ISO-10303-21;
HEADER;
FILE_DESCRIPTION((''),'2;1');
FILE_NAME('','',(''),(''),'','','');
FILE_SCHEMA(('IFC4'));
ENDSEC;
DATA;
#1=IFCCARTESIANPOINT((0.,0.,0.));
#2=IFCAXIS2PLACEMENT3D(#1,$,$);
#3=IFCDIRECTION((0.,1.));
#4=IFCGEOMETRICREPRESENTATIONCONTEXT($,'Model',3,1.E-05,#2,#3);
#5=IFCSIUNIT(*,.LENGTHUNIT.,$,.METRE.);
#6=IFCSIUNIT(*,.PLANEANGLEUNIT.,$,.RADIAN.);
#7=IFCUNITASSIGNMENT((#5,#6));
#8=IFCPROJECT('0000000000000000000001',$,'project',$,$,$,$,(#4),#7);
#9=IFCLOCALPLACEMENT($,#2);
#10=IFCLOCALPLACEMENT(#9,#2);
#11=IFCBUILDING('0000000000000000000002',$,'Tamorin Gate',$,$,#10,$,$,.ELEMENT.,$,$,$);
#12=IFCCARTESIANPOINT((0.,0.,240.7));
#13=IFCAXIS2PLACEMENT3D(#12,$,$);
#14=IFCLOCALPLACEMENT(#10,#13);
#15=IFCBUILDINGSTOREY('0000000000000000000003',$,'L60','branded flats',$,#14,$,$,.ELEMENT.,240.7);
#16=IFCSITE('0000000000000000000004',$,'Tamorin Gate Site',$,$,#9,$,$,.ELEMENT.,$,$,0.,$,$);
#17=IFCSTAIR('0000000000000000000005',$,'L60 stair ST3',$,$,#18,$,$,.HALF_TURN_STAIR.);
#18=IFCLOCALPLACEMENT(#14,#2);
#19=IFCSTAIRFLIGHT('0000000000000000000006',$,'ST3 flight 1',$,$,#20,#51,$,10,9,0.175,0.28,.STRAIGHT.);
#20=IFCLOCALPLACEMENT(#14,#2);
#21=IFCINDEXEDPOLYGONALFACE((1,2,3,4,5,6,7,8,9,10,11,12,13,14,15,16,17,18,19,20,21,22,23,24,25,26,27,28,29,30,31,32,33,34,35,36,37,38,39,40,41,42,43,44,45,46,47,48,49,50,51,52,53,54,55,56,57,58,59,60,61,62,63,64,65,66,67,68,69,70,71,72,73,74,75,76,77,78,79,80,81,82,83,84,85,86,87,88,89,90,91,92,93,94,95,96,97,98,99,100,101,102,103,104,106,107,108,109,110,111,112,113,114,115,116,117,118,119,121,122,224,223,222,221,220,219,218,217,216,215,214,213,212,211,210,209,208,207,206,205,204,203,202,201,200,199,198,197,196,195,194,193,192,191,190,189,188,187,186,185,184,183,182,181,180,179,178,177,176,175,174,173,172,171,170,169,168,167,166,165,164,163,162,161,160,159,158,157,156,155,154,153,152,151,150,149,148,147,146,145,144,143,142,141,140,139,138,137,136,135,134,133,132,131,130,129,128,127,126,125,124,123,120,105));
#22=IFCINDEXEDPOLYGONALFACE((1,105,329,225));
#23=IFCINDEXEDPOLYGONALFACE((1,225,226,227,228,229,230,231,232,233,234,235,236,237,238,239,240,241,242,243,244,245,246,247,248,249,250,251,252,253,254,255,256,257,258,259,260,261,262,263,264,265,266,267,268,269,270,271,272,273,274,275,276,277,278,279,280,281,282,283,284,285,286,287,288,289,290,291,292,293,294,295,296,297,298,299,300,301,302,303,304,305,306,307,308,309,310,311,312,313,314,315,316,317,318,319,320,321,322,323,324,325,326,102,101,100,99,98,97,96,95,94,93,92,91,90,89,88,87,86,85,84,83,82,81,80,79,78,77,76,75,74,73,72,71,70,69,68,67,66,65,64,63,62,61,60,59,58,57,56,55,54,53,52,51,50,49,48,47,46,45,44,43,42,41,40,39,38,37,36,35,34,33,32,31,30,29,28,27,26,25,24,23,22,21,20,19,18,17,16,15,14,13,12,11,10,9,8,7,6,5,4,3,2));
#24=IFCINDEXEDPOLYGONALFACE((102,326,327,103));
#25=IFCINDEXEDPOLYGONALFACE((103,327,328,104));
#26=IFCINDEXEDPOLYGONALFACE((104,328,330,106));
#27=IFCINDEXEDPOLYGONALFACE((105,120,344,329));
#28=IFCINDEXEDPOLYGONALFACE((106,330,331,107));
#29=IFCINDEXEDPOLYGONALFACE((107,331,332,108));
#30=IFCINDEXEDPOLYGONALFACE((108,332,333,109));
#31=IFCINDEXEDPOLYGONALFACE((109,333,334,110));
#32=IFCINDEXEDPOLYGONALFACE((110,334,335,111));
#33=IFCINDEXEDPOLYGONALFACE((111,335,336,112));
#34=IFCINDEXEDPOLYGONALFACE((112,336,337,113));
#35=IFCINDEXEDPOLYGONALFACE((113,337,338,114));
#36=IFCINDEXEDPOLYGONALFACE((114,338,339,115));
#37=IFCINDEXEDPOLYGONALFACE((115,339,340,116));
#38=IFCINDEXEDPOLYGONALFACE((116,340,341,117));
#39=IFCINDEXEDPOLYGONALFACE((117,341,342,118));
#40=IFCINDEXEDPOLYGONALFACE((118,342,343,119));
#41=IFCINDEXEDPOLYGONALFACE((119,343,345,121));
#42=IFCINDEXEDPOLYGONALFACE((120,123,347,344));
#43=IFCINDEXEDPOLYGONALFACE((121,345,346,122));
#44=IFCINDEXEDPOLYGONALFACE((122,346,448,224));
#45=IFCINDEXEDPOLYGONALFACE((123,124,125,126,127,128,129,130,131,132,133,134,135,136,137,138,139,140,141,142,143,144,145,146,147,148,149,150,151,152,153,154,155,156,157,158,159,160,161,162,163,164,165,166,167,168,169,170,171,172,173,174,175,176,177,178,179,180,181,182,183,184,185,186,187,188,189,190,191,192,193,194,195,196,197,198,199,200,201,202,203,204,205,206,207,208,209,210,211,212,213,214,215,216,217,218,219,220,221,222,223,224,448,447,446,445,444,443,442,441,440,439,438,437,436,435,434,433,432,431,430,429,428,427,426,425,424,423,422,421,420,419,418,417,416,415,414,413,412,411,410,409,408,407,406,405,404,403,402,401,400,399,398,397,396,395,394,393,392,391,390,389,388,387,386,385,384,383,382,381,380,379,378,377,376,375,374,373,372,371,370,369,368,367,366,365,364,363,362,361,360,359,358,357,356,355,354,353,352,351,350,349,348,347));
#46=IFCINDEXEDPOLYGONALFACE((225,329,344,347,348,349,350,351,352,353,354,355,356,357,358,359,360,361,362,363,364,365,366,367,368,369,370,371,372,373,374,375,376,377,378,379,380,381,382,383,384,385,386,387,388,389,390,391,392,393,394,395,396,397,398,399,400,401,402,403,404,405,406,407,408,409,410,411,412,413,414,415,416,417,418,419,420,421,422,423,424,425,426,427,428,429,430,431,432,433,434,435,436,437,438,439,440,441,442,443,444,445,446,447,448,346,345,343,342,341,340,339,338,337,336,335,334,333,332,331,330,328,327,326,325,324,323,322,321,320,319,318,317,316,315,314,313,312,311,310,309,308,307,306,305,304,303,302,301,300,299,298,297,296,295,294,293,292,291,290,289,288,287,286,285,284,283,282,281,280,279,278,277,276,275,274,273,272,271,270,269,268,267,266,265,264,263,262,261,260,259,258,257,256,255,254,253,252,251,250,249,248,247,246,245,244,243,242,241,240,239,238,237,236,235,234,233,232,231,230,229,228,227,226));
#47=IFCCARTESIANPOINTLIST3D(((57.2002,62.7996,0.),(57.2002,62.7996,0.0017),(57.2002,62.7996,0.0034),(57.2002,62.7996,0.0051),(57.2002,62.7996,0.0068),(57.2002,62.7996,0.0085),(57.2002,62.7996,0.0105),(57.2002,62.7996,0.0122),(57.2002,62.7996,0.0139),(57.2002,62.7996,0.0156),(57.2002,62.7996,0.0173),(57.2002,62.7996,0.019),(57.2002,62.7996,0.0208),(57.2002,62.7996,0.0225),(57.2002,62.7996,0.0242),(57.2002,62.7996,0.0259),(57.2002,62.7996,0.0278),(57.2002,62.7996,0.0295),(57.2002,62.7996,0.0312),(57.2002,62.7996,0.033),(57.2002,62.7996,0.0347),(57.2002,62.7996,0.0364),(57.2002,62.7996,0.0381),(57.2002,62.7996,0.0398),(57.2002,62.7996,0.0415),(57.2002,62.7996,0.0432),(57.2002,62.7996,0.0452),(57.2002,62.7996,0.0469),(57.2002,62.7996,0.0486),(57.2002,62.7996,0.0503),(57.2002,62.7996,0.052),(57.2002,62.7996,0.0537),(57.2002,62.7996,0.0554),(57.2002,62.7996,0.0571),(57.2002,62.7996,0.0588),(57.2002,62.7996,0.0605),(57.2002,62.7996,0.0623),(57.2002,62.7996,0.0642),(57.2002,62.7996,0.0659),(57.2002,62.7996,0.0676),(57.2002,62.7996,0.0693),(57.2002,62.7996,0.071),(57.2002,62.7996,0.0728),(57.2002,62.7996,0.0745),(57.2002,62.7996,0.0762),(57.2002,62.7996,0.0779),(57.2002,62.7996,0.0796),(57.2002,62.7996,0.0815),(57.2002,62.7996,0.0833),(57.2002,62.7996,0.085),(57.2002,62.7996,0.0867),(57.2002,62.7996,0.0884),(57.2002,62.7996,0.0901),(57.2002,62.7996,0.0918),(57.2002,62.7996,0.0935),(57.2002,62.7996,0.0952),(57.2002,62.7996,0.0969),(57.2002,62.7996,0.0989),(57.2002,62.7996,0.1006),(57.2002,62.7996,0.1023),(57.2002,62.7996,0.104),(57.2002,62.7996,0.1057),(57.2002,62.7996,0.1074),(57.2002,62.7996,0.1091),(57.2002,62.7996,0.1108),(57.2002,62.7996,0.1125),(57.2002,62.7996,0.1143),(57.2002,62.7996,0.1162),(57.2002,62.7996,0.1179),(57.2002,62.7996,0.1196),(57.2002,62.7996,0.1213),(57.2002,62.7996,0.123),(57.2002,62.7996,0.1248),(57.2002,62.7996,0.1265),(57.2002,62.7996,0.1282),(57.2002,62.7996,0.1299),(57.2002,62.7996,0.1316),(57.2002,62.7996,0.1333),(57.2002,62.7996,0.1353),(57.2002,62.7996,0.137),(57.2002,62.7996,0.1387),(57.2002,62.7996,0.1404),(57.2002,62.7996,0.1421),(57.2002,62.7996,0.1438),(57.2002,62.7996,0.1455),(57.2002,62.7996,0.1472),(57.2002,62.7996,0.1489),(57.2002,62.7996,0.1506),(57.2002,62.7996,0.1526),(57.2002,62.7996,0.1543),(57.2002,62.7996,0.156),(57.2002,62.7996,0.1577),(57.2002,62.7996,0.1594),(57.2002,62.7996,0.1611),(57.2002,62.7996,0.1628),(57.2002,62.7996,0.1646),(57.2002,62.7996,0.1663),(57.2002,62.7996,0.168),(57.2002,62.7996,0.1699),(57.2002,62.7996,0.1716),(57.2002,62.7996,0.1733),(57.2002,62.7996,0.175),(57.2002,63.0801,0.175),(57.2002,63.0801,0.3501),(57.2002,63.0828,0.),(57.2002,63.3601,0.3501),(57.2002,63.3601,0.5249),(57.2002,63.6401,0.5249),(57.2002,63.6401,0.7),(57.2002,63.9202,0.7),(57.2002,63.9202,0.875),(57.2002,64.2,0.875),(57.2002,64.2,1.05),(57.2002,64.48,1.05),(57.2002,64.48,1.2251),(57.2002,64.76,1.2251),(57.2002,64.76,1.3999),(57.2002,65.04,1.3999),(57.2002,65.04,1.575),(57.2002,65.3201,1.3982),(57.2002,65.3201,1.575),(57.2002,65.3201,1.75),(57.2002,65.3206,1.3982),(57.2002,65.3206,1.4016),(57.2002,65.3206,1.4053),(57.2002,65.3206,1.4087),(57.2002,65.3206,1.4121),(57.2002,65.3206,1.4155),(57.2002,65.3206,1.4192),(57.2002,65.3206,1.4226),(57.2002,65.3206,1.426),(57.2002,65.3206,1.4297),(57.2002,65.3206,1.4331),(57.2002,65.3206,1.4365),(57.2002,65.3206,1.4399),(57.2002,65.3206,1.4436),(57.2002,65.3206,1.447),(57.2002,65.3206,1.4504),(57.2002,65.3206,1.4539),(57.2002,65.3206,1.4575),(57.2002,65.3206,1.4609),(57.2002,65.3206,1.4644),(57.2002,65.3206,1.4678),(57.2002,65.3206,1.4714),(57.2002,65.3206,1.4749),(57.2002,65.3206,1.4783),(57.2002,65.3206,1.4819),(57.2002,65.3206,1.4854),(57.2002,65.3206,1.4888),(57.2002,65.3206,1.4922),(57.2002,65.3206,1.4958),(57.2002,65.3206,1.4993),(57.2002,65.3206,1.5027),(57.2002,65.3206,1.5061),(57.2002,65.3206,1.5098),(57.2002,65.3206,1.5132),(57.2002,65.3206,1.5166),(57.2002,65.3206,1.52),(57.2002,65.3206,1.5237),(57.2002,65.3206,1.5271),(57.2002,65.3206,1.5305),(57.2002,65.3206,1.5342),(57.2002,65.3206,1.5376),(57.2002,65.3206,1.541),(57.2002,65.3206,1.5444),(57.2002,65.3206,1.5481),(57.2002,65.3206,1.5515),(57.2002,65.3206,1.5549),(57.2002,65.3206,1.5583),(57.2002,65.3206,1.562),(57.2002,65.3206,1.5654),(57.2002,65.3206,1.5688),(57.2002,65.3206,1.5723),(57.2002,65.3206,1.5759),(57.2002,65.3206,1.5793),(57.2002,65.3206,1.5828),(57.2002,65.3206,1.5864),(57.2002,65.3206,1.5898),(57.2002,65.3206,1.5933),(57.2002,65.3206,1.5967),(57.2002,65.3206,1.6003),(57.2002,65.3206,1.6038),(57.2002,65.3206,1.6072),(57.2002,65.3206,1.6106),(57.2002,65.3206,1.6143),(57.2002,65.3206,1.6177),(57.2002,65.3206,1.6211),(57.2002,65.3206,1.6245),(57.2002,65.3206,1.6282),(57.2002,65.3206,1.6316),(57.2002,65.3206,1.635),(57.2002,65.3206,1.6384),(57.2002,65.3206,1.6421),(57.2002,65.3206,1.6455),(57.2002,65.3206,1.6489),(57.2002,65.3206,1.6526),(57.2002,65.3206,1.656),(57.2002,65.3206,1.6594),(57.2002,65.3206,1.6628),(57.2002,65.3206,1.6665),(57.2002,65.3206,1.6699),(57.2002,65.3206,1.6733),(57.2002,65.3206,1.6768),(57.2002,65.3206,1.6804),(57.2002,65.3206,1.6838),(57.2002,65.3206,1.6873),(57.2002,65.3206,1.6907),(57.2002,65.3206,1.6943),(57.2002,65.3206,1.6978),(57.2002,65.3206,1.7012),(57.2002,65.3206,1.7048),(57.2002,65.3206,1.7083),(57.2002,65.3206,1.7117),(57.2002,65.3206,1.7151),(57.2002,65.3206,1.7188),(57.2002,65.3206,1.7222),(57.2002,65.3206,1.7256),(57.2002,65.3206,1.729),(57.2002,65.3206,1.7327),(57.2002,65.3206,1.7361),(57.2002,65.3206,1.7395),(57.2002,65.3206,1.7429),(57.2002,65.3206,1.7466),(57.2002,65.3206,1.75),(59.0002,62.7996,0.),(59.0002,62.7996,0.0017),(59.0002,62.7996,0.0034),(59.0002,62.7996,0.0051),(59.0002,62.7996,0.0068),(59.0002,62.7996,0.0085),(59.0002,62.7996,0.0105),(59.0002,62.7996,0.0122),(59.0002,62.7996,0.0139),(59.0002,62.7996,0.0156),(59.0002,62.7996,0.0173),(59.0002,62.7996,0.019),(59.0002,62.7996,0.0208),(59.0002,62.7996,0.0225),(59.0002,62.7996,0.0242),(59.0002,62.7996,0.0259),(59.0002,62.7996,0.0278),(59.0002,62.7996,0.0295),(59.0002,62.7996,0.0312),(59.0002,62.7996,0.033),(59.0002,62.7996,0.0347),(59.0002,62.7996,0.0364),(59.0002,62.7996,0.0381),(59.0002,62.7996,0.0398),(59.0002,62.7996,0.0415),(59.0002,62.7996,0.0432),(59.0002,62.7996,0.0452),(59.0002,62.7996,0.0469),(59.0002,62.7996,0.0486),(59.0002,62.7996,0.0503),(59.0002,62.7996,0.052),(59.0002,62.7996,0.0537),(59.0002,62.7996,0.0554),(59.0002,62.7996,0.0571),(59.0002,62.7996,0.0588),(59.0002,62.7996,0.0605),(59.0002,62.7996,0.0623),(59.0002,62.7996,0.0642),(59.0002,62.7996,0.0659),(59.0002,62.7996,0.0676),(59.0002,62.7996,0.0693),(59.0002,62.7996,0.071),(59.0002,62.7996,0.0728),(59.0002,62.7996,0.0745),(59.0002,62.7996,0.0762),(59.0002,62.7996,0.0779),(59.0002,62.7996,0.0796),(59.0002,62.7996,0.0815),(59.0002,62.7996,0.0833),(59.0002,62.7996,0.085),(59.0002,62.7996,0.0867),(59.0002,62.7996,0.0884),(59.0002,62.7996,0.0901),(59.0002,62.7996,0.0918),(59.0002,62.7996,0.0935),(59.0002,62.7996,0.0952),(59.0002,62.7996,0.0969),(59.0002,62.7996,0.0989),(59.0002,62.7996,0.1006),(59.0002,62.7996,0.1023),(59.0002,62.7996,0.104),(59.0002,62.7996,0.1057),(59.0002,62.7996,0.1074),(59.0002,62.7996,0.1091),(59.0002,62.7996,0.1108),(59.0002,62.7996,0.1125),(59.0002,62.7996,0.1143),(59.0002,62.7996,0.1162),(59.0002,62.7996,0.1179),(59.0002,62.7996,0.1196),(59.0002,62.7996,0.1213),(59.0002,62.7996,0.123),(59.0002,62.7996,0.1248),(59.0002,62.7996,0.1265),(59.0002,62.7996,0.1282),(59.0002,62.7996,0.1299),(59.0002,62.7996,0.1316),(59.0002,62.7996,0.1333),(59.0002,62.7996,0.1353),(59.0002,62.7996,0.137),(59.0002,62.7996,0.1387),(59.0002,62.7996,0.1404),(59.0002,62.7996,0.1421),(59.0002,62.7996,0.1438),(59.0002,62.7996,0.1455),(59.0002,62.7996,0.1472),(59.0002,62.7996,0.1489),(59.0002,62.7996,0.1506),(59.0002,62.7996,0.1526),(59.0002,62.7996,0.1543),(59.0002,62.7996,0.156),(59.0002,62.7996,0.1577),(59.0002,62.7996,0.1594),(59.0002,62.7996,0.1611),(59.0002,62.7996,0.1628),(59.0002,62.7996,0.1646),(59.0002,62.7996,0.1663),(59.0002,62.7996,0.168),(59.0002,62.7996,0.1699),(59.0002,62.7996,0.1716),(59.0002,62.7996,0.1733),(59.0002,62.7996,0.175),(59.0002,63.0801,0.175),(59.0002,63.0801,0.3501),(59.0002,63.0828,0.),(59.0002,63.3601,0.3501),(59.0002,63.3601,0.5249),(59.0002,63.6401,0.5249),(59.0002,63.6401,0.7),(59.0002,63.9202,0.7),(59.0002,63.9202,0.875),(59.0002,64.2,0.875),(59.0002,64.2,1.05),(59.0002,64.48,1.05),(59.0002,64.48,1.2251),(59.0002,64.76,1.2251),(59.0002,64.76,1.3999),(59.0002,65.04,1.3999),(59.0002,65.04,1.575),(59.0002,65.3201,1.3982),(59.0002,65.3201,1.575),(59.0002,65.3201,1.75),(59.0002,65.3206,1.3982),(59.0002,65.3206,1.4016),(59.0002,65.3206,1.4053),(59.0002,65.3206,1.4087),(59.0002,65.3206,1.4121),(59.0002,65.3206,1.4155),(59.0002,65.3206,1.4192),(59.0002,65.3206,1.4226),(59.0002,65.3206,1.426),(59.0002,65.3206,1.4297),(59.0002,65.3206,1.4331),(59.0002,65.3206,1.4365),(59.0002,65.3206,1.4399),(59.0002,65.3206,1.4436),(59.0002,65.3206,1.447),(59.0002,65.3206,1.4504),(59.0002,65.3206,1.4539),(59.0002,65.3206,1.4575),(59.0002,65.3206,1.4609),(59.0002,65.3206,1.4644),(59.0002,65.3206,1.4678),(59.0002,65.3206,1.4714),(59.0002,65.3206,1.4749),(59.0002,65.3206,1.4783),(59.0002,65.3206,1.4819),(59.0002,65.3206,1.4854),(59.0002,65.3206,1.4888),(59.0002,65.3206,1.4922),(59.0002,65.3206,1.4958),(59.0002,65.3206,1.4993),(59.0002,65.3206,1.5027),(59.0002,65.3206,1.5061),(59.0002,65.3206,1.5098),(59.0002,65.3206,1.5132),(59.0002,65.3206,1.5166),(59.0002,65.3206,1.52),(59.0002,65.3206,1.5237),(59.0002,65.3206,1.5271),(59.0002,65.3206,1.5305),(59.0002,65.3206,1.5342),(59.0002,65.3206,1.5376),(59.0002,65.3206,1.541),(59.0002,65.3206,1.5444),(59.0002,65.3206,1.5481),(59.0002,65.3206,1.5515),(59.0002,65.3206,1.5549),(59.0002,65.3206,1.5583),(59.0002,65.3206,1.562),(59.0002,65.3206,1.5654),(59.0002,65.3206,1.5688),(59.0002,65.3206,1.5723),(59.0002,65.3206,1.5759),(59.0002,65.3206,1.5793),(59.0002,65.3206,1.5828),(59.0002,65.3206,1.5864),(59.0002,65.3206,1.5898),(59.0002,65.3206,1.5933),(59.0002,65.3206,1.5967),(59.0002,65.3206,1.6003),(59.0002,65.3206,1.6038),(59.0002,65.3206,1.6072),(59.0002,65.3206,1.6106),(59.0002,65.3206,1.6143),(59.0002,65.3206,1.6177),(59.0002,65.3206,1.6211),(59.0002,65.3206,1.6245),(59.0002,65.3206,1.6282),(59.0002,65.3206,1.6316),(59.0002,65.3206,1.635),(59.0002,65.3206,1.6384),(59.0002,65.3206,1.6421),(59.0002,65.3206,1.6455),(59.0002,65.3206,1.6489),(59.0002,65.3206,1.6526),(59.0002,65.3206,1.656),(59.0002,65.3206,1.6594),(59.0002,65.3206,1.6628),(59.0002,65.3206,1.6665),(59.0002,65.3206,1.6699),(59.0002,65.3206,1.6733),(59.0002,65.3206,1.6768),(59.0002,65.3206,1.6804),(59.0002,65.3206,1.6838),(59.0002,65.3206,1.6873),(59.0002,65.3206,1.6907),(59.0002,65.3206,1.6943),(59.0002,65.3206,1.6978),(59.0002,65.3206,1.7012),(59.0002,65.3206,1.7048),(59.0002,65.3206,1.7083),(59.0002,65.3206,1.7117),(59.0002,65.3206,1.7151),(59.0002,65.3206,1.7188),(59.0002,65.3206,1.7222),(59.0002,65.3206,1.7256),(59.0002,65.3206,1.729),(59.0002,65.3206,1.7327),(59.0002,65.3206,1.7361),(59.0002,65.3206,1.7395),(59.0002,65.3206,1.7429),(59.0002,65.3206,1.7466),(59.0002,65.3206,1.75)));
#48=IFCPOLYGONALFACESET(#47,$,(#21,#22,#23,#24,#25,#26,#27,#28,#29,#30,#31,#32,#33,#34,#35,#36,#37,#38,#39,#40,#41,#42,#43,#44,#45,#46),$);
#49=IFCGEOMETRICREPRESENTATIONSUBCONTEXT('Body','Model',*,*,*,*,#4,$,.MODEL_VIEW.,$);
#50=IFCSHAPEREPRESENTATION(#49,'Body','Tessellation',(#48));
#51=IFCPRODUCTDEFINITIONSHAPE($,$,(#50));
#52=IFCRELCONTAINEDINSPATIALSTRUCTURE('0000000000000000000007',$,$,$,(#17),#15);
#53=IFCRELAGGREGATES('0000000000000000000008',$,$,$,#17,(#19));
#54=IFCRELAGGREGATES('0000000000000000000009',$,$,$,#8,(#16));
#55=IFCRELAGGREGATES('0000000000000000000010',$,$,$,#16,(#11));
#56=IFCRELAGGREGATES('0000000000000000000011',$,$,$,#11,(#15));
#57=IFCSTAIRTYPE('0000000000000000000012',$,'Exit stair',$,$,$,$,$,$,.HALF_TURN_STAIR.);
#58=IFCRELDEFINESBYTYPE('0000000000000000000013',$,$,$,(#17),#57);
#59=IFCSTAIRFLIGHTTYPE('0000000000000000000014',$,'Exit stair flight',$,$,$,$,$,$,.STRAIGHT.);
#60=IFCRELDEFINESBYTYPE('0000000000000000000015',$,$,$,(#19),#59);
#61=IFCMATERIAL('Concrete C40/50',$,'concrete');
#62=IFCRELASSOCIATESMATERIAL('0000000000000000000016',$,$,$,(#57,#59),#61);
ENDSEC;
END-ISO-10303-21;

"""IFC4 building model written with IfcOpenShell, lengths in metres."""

from ifc_helpers import new_model, si_unit, direction, frame, origin, place, context, subcontext, project, spatial, polyline, outline, extrude, material, type_object, element, aggregate, save


model = new_model("IFC4")

# Units and contexts
model_context = context("Model", 3, precision=1e-05, world=origin(), true_north=direction((0.0, 1.0)))
body_context = subcontext(model_context, "Body", "Model", "MODEL_VIEW")
ifc_project = project(units=[si_unit("LENGTHUNIT", "METRE"), si_unit("PLANEANGLEUNIT", "RADIAN")], contexts=[model_context])

# Site, building, storey
site_placement = place(None, origin())
site = spatial("IfcSite", under=ifc_project, at=site_placement, Name="Tamorin Gate Site", CompositionType="ELEMENT", RefElevation=0.0)
building_placement = place(site_placement, origin())
building = spatial("IfcBuilding", under=site, at=building_placement, Name="Tamorin Gate", CompositionType="ELEMENT")
storey_placement = place(building_placement, frame((0.0, 0.0, 240.7)))
storey = spatial("IfcBuildingStorey", under=building, at=storey_placement, Name="L60", Description="branded flats", CompositionType="ELEMENT", Elevation=240.7)

# Shared definitions
ifc_material_1 = material(Name="Concrete C40/50", Category="concrete")

# Stair, stair flight
stair_type = type_object("IfcStairType", Name="Exit stair", PredefinedType="HALF_TURN_STAIR", material=ifc_material_1)
stair_placement = place(storey_placement, origin())
stair = element("IfcStair", 1, at=stair_placement, inside=storey, type_object=stair_type, Name="L60 stair ST3", PredefinedType="HALF_TURN_STAIR")
stair_flight_type = type_object("IfcStairFlightType", Name="Exit stair flight", PredefinedType="STRAIGHT", material=ifc_material_1)
stair_flight_1_placement = place(storey_placement, frame((58.1001, 62.8, 0.0), z_axis=(0.0, 0.0, 1.0), x_axis=(0.0, 1.0, 0.0)))
stair_flight_1 = element("IfcStairFlight", 2, at=stair_flight_1_placement, type_object=stair_flight_type, Name="ST3 flight 1", NumberOfRisers=10, NumberOfTreads=9, PredefinedType="STRAIGHT", RiserHeight=0.175, TreadLength=0.28, context=body_context, shape_type="SweptSolid", body=[
    extrude(outline(polyline([(-0.0005, 0.0), (-0.0005, 0.0017), (-0.0005, 0.0034), (-0.0005, 0.0051), (-0.0005, 0.0068), (-0.0005, 0.0085), (-0.0005, 0.0105), (-0.0005, 0.0122), (-0.0005, 0.0139), (-0.0005, 0.0156), (-0.0005, 0.0173), (-0.0005, 0.019), (-0.0005, 0.0208), (-0.0005, 0.0225), (-0.0005, 0.0242), (-0.0005, 0.0259), (-0.0005, 0.0278), (-0.0005, 0.0295), (-0.0005, 0.0312), (-0.0005, 0.033), (-0.0005, 0.0347), (-0.0005, 0.0364), (-0.0005, 0.0381), (-0.0005, 0.0398), (-0.0005, 0.0415), (-0.0005, 0.0432), (-0.0005, 0.0452), (-0.0005, 0.0469), (-0.0005, 0.0486), (-0.0005, 0.0503), (-0.0005, 0.052), (-0.0005, 0.0537), (-0.0005, 0.0554), (-0.0005, 0.0571), (-0.0005, 0.0588), (-0.0005, 0.0605), (-0.0005, 0.0623), (-0.0005, 0.0642), (-0.0005, 0.0659), (-0.0005, 0.0676), (-0.0005, 0.0693), (-0.0005, 0.071), (-0.0005, 0.0728), (-0.0005, 0.0745), (-0.0005, 0.0762), (-0.0005, 0.0779), (-0.0005, 0.0796), (-0.0005, 0.0815), (-0.0005, 0.0833), (-0.0005, 0.085), (-0.0005, 0.0867), (-0.0005, 0.0884), (-0.0005, 0.0901), (-0.0005, 0.0918), (-0.0005, 0.0935), (-0.0005, 0.0952), (-0.0005, 0.0969), (-0.0005, 0.0989), (-0.0005, 0.1006), (-0.0005, 0.1023), (-0.0005, 0.104), (-0.0005, 0.1057), (-0.0005, 0.1074), (-0.0005, 0.1091), (-0.0005, 0.1108), (-0.0005, 0.1125), (-0.0005, 0.1143), (-0.0005, 0.1162), (-0.0005, 0.1179), (-0.0005, 0.1196), (-0.0005, 0.1213), (-0.0005, 0.123), (-0.0005, 0.1248), (-0.0005, 0.1265), (-0.0005, 0.1282), (-0.0005, 0.1299), (-0.0005, 0.1316), (-0.0005, 0.1333), (-0.0005, 0.1353), (-0.0005, 0.137), (-0.0005, 0.1387), (-0.0005, 0.1404), (-0.0005, 0.1421), (-0.0005, 0.1438), (-0.0005, 0.1455), (-0.0005, 0.1472), (-0.0005, 0.1489), (-0.0005, 0.1506), (-0.0005, 0.1526), (-0.0005, 0.1543), (-0.0005, 0.156), (-0.0005, 0.1577), (-0.0005, 0.1594), (-0.0005, 0.1611), (-0.0005, 0.1628), (-0.0005, 0.1646), (-0.0005, 0.1663), (-0.0005, 0.168), (-0.0005, 0.1699), (-0.0005, 0.1716), (-0.0005, 0.1733), (-0.0005, 0.175), (0.28, 0.175), (0.28, 0.3501), (0.5601, 0.3501), (0.5601, 0.5249), (0.8401, 0.5249), (0.8401, 0.7), (1.1201, 0.7), (1.1201, 0.875), (1.3999, 0.875), (1.3999, 1.05), (1.6799, 1.05), (1.6799, 1.2251), (1.96, 1.2251), (1.96, 1.3999), (2.24, 1.3999), (2.24, 1.575), (2.52, 1.575), (2.52, 1.75), (2.5205, 1.75), (2.5205, 1.7466), (2.5205, 1.7429), (2.5205, 1.7395), (2.5205, 1.7361), (2.5205, 1.7327), (2.5205, 1.729), (2.5205, 1.7256), (2.5205, 1.7222), (2.5205, 1.7188), (2.5205, 1.7151), (2.5205, 1.7117), (2.5205, 1.7083), (2.5205, 1.7048), (2.5205, 1.7012), (2.5205, 1.6978), (2.5205, 1.6943), (2.5205, 1.6907), (2.5205, 1.6873), (2.5205, 1.6838), (2.5205, 1.6804), (2.5205, 1.6768), (2.5205, 1.6733), (2.5205, 1.6699), (2.5205, 1.6665), (2.5205, 1.6628), (2.5205, 1.6594), (2.5205, 1.656), (2.5205, 1.6526), (2.5205, 1.6489), (2.5205, 1.6455), (2.5205, 1.6421), (2.5205, 1.6384), (2.5205, 1.635), (2.5205, 1.6316), (2.5205, 1.6282), (2.5205, 1.6245), (2.5205, 1.6211), (2.5205, 1.6177), (2.5205, 1.6143), (2.5205, 1.6106), (2.5205, 1.6072), (2.5205, 1.6038), (2.5205, 1.6003), (2.5205, 1.5967), (2.5205, 1.5933), (2.5205, 1.5898), (2.5205, 1.5864), (2.5205, 1.5828), (2.5205, 1.5793), (2.5205, 1.5759), (2.5205, 1.5723), (2.5205, 1.5688), (2.5205, 1.5654), (2.5205, 1.562), (2.5205, 1.5583), (2.5205, 1.5549), (2.5205, 1.5515), (2.5205, 1.5481), (2.5205, 1.5444), (2.5205, 1.541), (2.5205, 1.5376), (2.5205, 1.5342), (2.5205, 1.5305), (2.5205, 1.5271), (2.5205, 1.5237), (2.5205, 1.52), (2.5205, 1.5166), (2.5205, 1.5132), (2.5205, 1.5098), (2.5205, 1.5061), (2.5205, 1.5027), (2.5205, 1.4993), (2.5205, 1.4958), (2.5205, 1.4922), (2.5205, 1.4888), (2.5205, 1.4854), (2.5205, 1.4819), (2.5205, 1.4783), (2.5205, 1.4749), (2.5205, 1.4714), (2.5205, 1.4678), (2.5205, 1.4644), (2.5205, 1.4609), (2.5205, 1.4575), (2.5205, 1.4539), (2.5205, 1.4504), (2.5205, 1.447), (2.5205, 1.4436), (2.5205, 1.4399), (2.5205, 1.4365), (2.5205, 1.4331), (2.5205, 1.4297), (2.5205, 1.426), (2.5205, 1.4226), (2.5205, 1.4192), (2.5205, 1.4155), (2.5205, 1.4121), (2.5205, 1.4087), (2.5205, 1.4053), (2.5205, 1.4016), (2.5205, 1.3982), (2.52, 1.3982), (0.2827, 0.0), (-0.0005, 0.0)])), frame((0.0, 0.8999, 0.0), z_axis=(0.0, -1.0, 0.0), x_axis=(1.0, 0.0, 0.0)), (0.0, 0.0, 1.0), 1.8),
])
aggregate(stair, [stair_flight_1])

save(model, "model.ifc")
